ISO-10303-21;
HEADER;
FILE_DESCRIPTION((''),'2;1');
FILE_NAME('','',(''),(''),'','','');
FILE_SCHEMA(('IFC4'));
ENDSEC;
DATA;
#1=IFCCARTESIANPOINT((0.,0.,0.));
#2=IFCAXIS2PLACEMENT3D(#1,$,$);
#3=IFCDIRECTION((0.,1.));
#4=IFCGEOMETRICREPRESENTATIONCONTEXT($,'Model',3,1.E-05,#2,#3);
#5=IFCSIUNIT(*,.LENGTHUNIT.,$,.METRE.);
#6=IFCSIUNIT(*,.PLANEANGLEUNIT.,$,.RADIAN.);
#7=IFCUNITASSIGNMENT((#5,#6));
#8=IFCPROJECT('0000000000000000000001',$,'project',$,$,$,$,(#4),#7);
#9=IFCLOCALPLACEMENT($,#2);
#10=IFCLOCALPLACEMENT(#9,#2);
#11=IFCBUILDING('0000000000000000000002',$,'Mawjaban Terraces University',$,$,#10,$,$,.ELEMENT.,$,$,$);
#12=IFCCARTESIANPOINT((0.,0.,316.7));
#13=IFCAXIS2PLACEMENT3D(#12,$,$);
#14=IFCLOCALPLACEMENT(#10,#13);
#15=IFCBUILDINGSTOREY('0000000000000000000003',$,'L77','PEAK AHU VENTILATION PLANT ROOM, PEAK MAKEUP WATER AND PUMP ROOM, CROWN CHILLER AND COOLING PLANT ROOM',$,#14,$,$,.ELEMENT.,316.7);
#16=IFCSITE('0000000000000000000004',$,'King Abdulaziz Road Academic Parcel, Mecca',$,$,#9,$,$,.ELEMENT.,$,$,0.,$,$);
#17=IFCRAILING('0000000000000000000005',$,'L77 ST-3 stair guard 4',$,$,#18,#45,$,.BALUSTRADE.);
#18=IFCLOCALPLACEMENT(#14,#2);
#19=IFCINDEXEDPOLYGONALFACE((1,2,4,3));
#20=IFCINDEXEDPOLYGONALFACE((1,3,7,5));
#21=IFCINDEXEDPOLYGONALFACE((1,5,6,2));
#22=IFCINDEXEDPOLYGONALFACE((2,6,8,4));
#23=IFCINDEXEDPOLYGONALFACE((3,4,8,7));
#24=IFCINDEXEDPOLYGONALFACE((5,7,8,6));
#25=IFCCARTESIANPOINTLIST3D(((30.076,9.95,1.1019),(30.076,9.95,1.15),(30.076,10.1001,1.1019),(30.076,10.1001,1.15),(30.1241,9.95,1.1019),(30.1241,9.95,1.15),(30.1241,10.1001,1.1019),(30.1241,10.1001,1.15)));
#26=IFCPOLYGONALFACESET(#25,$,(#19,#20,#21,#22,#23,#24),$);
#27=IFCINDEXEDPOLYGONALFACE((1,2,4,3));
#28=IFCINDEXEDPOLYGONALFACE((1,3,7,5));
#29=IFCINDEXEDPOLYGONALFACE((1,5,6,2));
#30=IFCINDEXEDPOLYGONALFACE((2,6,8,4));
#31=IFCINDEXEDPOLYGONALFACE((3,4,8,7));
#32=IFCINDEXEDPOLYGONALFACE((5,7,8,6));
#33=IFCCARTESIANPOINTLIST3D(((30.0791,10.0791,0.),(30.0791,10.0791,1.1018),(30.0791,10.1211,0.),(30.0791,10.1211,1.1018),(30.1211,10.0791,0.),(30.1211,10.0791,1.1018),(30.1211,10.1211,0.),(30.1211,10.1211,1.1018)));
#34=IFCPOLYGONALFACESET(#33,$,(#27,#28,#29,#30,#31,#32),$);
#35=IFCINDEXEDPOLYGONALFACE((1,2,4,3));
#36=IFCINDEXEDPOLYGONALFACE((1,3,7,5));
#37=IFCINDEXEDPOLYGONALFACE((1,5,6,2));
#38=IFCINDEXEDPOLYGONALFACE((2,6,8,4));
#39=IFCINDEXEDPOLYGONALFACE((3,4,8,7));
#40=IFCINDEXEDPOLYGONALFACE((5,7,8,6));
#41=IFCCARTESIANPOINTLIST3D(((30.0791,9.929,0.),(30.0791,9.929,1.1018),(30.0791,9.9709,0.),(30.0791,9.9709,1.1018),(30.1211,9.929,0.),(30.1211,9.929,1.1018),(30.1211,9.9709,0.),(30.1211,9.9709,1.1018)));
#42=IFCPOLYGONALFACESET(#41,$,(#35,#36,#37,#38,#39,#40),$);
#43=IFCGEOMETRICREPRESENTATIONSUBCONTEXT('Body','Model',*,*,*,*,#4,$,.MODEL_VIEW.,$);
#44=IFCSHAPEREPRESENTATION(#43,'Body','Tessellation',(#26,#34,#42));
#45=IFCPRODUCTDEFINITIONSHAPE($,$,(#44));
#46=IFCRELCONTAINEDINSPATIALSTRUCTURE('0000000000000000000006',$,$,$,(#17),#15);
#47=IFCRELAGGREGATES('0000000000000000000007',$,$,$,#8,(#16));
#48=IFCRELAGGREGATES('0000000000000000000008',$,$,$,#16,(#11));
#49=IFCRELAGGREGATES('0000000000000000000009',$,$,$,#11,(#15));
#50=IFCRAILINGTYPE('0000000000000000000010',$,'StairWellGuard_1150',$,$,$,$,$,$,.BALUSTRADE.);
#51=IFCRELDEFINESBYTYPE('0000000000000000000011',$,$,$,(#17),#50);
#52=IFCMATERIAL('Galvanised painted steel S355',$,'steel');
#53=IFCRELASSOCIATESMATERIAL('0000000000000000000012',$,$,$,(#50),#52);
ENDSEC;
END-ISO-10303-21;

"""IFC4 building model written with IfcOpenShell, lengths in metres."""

from ifc_helpers import new_model, si_unit, direction, frame, origin, origin_2d, place, context, subcontext, project, spatial, rectangle, extrude, material, type_object, element, save


model = new_model("IFC4")

# Units and contexts
model_context = context("Model", 3, precision=1e-05, world=origin(), true_north=direction((0.0, 1.0)))
body_context = subcontext(model_context, "Body", "Model", "MODEL_VIEW")
ifc_project = project(units=[si_unit("LENGTHUNIT", "METRE"), si_unit("PLANEANGLEUNIT", "RADIAN")], contexts=[model_context])

# Site, building, storey
site_placement = place(None, origin())
site = spatial("IfcSite", under=ifc_project, at=site_placement, Name="King Abdulaziz Road Academic Parcel, Mecca", CompositionType="ELEMENT", RefElevation=0.0)
building_placement = place(site_placement, origin())
building = spatial("IfcBuilding", under=site, at=building_placement, Name="Mawjaban Terraces University", CompositionType="ELEMENT")
storey_placement = place(building_placement, frame((0.0, 0.0, 316.7)))
storey = spatial("IfcBuildingStorey", under=building, at=storey_placement, Name="L77", Description="PEAK AHU VENTILATION PLANT ROOM, PEAK MAKEUP WATER AND PUMP ROOM, CROWN CHILLER AND COOLING PLANT ROOM", CompositionType="ELEMENT", Elevation=316.7)

# Railing
ifc_material_1 = material(Name="Galvanised painted steel S355", Category="steel")
railing_type_1 = type_object("IfcRailingType", Name="StairWellGuard_1150", PredefinedType="BALUSTRADE", material=ifc_material_1)
railing_1_placement = place(storey_placement, frame((30.1001, 10.1001, 0.0)))
element("IfcRailing", 1, at=railing_1_placement, inside=storey, type_object=railing_type_1, Name="L77 ST-3 stair guard 4", PredefinedType="BALUSTRADE", context=body_context, shape_type="SweptSolid", body=[
    extrude(rectangle(XDim=0.0481, YDim=0.0481, at=origin_2d()), frame((0.0, 0.0, 1.126), z_axis=(0.0, -1.0, 0.0), x_axis=(1.0, 0.0, 0.0)), (0.0, 0.0, 1.0), 0.1501),
    extrude(rectangle(XDim=0.042, YDim=0.042, at=origin_2d()), origin(), (0.0, 0.0, 1.0), 1.1018),
    extrude(rectangle(XDim=0.042, YDim=0.042, at=origin_2d()), frame((0.0, -0.1501, 0.0)), (0.0, 0.0, 1.0), 1.1018),
])

save(model, "model.ifc")
